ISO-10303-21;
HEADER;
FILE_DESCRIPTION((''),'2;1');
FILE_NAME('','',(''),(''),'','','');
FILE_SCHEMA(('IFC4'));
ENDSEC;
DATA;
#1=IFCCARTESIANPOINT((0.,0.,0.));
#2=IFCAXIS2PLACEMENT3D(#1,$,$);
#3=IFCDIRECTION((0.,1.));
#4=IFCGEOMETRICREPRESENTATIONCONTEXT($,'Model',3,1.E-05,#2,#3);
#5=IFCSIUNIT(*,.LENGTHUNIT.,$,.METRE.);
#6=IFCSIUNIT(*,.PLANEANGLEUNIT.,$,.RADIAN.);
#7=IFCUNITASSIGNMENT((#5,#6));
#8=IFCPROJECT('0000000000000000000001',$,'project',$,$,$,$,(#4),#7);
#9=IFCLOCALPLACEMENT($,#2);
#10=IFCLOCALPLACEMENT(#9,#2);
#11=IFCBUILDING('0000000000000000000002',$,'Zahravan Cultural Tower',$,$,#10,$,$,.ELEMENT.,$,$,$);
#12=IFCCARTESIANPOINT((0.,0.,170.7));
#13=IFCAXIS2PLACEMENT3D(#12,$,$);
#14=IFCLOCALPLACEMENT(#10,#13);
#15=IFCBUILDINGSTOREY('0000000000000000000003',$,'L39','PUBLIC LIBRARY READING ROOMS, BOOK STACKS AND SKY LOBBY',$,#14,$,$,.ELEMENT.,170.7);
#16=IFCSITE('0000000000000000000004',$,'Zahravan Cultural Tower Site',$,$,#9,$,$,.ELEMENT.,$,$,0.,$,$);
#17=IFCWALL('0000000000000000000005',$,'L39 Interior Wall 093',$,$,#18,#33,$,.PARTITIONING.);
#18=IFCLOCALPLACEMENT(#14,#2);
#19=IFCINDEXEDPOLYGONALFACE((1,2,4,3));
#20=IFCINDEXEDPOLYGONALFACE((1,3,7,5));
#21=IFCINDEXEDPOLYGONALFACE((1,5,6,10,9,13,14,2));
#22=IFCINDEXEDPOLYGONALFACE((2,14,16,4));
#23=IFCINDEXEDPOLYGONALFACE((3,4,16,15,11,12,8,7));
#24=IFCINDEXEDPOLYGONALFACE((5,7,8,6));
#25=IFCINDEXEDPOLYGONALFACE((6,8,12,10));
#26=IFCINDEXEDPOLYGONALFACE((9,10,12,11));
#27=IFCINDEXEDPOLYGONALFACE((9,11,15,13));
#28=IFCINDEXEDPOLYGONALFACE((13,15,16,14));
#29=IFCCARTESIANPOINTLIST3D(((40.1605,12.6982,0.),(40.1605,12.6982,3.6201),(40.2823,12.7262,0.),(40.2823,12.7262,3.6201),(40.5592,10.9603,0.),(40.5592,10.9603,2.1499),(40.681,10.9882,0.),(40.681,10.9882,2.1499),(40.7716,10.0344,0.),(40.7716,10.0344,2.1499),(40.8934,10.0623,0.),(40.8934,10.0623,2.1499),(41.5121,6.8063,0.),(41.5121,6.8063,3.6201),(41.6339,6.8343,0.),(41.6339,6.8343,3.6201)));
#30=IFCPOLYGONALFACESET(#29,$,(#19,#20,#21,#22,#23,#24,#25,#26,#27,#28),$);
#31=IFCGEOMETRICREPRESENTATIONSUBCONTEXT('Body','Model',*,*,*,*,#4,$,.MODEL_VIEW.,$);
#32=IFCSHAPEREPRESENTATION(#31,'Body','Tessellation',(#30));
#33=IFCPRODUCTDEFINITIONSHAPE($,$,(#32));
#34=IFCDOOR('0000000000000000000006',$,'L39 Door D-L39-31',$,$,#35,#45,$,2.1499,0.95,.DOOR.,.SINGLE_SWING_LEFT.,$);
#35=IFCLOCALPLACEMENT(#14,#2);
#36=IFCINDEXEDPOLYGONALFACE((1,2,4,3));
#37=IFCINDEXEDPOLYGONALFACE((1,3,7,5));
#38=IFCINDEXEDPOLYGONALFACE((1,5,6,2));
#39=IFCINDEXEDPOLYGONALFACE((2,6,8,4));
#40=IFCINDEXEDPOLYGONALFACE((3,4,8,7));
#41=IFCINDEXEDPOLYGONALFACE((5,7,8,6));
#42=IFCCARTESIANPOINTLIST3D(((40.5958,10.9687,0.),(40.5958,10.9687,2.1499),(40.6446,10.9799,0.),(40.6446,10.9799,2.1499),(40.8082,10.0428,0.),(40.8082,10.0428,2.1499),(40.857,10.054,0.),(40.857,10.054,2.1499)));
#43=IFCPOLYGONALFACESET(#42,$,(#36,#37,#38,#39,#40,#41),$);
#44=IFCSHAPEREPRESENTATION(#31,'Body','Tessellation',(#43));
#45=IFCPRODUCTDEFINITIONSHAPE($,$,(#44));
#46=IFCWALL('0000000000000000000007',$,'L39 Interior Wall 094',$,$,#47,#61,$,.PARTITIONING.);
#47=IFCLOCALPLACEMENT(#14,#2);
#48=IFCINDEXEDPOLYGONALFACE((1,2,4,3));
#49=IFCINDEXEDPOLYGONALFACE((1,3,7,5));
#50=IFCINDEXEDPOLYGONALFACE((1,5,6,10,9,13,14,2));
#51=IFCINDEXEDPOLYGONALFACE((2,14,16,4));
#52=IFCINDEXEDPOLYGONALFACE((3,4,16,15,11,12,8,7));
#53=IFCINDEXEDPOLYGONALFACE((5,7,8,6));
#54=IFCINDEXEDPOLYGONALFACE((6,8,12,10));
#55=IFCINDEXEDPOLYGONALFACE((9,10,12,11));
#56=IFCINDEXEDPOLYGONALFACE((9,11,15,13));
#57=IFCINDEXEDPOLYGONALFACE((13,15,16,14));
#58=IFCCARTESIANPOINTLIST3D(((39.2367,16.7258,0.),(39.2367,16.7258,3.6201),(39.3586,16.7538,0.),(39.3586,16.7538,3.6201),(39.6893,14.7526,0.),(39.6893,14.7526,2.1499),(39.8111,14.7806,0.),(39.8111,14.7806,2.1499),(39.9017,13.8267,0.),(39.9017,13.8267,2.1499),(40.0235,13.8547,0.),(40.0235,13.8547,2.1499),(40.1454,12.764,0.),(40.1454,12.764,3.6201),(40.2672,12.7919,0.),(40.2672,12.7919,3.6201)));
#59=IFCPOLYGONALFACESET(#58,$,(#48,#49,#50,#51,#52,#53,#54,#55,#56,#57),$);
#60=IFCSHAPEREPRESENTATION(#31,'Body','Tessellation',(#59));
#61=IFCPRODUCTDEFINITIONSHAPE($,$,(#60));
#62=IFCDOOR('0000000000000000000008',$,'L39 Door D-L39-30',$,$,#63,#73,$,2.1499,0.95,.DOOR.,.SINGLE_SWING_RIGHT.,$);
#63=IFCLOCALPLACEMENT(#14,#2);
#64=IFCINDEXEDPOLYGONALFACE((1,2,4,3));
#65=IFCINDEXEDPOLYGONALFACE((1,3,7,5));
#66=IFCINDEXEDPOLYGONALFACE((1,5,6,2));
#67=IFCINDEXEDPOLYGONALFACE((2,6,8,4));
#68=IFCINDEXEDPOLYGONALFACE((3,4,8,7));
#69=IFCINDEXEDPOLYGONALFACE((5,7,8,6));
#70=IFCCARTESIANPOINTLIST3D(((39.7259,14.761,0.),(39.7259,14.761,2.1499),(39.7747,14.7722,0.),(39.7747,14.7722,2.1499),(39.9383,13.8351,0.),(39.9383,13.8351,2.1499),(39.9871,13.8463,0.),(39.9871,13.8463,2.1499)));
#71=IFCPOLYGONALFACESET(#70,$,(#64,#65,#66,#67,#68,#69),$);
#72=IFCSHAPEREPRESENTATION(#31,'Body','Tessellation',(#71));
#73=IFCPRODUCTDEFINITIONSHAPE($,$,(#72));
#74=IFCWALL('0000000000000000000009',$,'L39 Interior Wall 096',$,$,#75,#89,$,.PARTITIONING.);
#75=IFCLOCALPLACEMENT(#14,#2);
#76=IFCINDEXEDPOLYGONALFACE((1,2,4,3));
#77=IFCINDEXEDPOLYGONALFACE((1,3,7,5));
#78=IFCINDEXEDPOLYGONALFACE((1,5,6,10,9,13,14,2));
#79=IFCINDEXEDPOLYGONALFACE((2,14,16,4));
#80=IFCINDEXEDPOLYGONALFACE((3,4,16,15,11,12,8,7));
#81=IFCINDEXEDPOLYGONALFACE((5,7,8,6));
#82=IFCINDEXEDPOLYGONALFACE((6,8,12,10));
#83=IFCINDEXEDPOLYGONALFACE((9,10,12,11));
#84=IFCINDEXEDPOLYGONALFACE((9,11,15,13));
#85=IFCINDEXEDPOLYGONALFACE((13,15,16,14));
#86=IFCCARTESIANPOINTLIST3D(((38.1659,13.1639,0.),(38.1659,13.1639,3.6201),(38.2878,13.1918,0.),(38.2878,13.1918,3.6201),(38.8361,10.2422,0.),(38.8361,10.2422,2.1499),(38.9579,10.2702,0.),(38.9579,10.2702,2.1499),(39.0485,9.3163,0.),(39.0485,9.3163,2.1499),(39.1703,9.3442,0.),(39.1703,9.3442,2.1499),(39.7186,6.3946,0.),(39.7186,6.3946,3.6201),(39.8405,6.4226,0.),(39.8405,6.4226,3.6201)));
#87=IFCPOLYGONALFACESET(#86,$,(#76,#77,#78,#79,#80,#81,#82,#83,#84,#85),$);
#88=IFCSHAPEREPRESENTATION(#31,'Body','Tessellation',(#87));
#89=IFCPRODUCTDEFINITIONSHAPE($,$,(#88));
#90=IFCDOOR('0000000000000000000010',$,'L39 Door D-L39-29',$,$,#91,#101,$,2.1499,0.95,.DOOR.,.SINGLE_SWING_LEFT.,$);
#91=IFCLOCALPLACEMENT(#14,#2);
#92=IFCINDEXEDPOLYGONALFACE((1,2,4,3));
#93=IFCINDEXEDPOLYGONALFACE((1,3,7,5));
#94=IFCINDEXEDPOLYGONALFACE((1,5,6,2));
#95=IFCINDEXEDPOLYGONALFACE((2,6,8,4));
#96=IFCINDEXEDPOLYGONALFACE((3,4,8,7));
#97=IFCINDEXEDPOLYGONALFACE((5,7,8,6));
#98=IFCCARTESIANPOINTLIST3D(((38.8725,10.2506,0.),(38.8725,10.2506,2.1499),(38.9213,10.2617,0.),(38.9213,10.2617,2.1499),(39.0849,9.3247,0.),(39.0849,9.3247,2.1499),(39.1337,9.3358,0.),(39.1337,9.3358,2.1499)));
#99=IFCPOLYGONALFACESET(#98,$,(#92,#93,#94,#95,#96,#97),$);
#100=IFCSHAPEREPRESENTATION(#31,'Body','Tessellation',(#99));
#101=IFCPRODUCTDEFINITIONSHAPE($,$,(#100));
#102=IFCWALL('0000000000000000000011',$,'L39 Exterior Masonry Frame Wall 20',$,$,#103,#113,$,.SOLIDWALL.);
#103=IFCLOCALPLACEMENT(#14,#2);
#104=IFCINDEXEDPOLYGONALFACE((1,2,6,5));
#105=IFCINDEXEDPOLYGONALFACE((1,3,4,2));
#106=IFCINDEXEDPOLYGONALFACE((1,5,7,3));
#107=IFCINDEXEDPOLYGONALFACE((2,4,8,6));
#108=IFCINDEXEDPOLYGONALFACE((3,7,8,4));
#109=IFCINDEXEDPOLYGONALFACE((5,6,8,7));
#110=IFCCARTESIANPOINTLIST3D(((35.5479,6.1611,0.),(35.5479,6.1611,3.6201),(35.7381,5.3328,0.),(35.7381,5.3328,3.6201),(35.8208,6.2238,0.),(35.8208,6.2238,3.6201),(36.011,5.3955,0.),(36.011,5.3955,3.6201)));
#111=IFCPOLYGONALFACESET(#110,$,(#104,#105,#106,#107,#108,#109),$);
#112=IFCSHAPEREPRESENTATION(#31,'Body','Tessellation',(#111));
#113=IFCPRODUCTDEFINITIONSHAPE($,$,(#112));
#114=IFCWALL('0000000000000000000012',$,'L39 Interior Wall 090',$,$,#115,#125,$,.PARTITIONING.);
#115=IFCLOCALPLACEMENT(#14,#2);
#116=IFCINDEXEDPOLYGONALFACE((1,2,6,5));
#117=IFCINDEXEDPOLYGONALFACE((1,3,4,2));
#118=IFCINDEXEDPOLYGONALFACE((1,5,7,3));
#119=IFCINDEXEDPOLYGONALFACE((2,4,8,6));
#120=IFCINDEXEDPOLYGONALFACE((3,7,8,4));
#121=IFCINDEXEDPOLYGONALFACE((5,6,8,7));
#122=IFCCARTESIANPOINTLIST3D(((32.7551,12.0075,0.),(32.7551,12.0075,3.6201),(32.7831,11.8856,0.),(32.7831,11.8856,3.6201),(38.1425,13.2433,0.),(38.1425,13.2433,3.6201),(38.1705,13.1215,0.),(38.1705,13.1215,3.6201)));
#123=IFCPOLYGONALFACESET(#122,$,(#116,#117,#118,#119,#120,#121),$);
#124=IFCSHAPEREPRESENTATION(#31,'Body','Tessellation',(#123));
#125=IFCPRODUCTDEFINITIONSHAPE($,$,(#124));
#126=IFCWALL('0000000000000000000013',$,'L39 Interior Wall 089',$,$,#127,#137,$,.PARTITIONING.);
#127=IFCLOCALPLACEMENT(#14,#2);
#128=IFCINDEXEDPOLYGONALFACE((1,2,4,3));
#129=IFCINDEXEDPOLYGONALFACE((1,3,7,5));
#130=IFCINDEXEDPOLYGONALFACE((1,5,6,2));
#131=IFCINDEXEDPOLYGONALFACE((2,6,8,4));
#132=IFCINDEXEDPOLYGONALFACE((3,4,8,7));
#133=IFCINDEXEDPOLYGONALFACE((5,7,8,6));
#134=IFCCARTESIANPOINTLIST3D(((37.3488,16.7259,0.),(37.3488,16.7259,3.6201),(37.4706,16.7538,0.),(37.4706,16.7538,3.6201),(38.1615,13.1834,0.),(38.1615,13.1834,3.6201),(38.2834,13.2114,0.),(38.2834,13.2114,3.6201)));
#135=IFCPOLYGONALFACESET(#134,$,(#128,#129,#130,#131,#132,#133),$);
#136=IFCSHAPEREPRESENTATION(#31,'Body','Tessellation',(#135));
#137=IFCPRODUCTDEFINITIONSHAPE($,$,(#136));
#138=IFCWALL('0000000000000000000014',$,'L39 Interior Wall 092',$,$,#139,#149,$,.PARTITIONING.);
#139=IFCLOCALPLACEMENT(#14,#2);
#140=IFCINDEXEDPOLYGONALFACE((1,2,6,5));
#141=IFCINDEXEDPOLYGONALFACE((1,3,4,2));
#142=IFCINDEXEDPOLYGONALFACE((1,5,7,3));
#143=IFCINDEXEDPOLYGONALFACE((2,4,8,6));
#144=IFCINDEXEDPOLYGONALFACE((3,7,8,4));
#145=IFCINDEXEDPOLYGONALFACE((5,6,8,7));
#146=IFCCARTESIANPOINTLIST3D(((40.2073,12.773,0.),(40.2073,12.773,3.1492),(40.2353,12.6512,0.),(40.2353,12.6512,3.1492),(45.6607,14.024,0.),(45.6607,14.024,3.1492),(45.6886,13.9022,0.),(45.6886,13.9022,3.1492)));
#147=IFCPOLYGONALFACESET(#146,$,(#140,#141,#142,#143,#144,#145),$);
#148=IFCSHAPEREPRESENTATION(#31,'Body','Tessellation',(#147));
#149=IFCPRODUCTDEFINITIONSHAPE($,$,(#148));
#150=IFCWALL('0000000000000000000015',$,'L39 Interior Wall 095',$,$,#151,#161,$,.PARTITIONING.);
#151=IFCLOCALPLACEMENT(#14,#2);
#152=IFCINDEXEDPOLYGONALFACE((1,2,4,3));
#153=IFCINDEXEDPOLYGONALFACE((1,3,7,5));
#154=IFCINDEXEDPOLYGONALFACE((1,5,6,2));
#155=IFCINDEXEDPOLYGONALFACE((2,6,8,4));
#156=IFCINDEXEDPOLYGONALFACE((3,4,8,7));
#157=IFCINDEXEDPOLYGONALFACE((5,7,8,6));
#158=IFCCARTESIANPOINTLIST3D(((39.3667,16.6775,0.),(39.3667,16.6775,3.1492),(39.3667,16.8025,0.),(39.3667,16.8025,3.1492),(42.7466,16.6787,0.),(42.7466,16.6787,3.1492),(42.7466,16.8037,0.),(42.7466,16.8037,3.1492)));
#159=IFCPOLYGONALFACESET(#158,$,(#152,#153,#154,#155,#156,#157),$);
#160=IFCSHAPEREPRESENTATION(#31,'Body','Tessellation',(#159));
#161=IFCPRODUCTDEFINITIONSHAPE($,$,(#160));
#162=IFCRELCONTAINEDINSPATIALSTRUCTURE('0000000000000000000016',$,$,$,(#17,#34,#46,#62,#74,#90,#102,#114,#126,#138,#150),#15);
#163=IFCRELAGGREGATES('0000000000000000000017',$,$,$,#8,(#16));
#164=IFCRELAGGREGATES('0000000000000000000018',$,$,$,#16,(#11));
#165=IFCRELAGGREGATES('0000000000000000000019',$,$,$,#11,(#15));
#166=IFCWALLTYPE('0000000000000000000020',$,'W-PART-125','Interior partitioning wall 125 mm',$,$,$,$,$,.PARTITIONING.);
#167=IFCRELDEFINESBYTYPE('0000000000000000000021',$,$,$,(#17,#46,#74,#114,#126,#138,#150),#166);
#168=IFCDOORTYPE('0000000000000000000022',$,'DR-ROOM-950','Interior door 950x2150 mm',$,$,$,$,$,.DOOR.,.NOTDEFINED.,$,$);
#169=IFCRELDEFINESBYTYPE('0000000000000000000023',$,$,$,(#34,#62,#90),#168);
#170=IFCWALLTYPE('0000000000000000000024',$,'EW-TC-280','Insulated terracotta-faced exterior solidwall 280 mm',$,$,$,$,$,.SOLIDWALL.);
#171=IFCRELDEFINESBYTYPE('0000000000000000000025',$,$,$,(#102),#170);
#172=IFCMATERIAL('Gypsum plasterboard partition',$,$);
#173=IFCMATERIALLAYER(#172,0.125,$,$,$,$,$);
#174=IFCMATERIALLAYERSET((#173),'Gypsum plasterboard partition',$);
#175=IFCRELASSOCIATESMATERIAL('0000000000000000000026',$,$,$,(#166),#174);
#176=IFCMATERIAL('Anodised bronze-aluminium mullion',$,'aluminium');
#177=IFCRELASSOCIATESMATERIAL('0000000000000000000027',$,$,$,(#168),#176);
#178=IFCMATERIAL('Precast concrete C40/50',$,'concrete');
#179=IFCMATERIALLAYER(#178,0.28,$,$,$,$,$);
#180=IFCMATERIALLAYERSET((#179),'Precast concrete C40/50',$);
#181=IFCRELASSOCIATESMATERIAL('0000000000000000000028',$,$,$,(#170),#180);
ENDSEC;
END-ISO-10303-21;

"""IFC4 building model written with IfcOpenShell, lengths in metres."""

from ifc_helpers import new_model, si_unit, direction, frame, frame_2d, origin, place, context, subcontext, project, spatial, rectangle, extrude, source, transform, mapped, material, layer, layer_set, type_object, element, fill, save


model = new_model("IFC4")

# Units and contexts
model_context = context("Model", 3, precision=1e-05, world=origin(), true_north=direction((0.0, 1.0)))
body_context = subcontext(model_context, "Body", "Model", "MODEL_VIEW")
ifc_project = project(units=[si_unit("LENGTHUNIT", "METRE"), si_unit("PLANEANGLEUNIT", "RADIAN")], contexts=[model_context])

# Site, building, storey
site_placement = place(None, origin())
site = spatial("IfcSite", under=ifc_project, at=site_placement, Name="Zahravan Cultural Tower Site", CompositionType="ELEMENT", RefElevation=0.0)
building_placement = place(site_placement, origin())
building = spatial("IfcBuilding", under=site, at=building_placement, Name="Zahravan Cultural Tower", CompositionType="ELEMENT")
storey_placement = place(building_placement, frame((0.0, 0.0, 170.7)))
storey = spatial("IfcBuildingStorey", under=building, at=storey_placement, Name="L39", Description="PUBLIC LIBRARY READING ROOMS, BOOK STACKS AND SKY LOBBY", CompositionType="ELEMENT", Elevation=170.7)

# Walls, openings, doors
ifc_material_1 = material(Name="Gypsum plasterboard partition")
ifc_layer_1 = layer(ifc_material_1, 0.125)
ifc_layer_set_1 = layer_set([ifc_layer_1], Name="Gypsum plasterboard partition")
wall_type_1 = type_object("IfcWallType", Name="W-PART-125", Description="Interior partitioning wall 125 mm", PredefinedType="PARTITIONING", material=ifc_layer_set_1)
wall_1_placement = place(storey_placement, frame((41.573, 6.8203, 0.0), z_axis=(0.0, 0.0, 1.0), x_axis=(-0.223588, 0.974684, 0.0)))
wall_1 = element("IfcWall", 1, at=wall_1_placement, inside=storey, type_object=wall_type_1, Name="L39 Interior Wall 093", PredefinedType="PARTITIONING", context=body_context, shape_type="SweptSolid", body=[
    extrude(rectangle(XDim=6.0449, YDim=0.125, at=frame_2d((3.0225, 0.0))), origin(), (0.0, 0.0, 1.0), 3.6201),
])
opening_1_placement = place(wall_1_placement, frame((3.3118, 0.0, 0.0)))
opening_1 = element("IfcOpeningElement", 2, at=opening_1_placement, cuts=wall_1, PredefinedType="OPENING", context=body_context, shape_type="SweptSolid", body=[
    extrude(rectangle(XDim=0.95, YDim=2.1499, at=frame_2d((0.4751, 1.075))), frame((0.0, 0.0725, 0.0), z_axis=(0.0, -1.0, 0.0), x_axis=(1.0, 0.0, 0.0)), (0.0, 0.0, 1.0), 0.145),
])
ifc_material_2 = material(Name="Anodised bronze-aluminium mullion", Category="aluminium")
door_type_1 = type_object("IfcDoorType", Name="DR-ROOM-950", Description="Interior door 950x2150 mm", OperationType="NOTDEFINED", PredefinedType="DOOR", material=ifc_material_2)
shared_shape_1 = source(origin(), body_context, "Body", "SweptSolid", [
    extrude(rectangle(XDim=0.95, YDim=2.1499, at=frame_2d((0.4751, 1.075))), frame((0.0, 0.0249, 0.0), z_axis=(0.0, -1.0, 0.0), x_axis=(1.0, 0.0, 0.0)), (0.0, 0.0, 1.0), 0.05),
])
door_1_placement = place(opening_1_placement, origin())
door_1 = element("IfcDoor", 3, at=door_1_placement, inside=storey, type_object=door_type_1, Name="L39 Door D-L39-31", OperationType="SINGLE_SWING_LEFT", OverallHeight=2.1499, OverallWidth=0.95, PredefinedType="DOOR", context=body_context, shape_type="MappedRepresentation", body=[
    mapped(shared_shape_1, transform((0.0, 0.0, 0.0), x_axis=(1.0, 0.0, 0.0), y_axis=(0.0, 1.0, 0.0), z_axis=(0.0, 0.0, 1.0), scale=1.0)),
])
fill(opening_1, door_1)
wall_2_placement = place(storey_placement, frame((40.2063, 12.7781, 0.0), z_axis=(0.0, 0.0, 1.0), x_axis=(-0.223552, 0.974692, 0.0)))
wall_2 = element("IfcWall", 4, at=wall_2_placement, inside=storey, type_object=wall_type_1, Name="L39 Interior Wall 094", PredefinedType="PARTITIONING", context=body_context, shape_type="SweptSolid", body=[
    extrude(rectangle(XDim=4.0647, YDim=0.125, at=frame_2d((2.0322, 0.0))), origin(), (0.0, 0.0, 1.0), 3.6201),
])
opening_2_placement = place(wall_2_placement, frame((1.0901, 0.0, 0.0)))
opening_2 = element("IfcOpeningElement", 5, at=opening_2_placement, cuts=wall_2, PredefinedType="OPENING", context=body_context, shape_type="SweptSolid", body=[
    extrude(rectangle(XDim=0.95, YDim=2.1499, at=frame_2d((0.4751, 1.075))), frame((0.0, 0.0725, 0.0), z_axis=(0.0, -1.0, 0.0), x_axis=(1.0, 0.0, 0.0)), (0.0, 0.0, 1.0), 0.145),
])
door_2_placement = place(opening_2_placement, origin())
door_2 = element("IfcDoor", 6, at=door_2_placement, inside=storey, type_object=door_type_1, Name="L39 Door D-L39-30", OperationType="SINGLE_SWING_RIGHT", OverallHeight=2.1499, OverallWidth=0.95, PredefinedType="DOOR", context=body_context, shape_type="MappedRepresentation", body=[
    mapped(shared_shape_1, transform((0.0, 0.0, 0.0), x_axis=(1.0, 0.0, 0.0), y_axis=(0.0, 1.0, 0.0), z_axis=(0.0, 0.0, 1.0), scale=1.0)),
])
fill(opening_2, door_2)
wall_3_placement = place(storey_placement, frame((38.2268, 13.178, 0.0), z_axis=(0.0, 0.0, 1.0), x_axis=(0.223573, -0.974687, 0.0)))
wall_3 = element("IfcWall", 7, at=wall_3_placement, inside=storey, type_object=wall_type_1, Name="L39 Interior Wall 096", PredefinedType="PARTITIONING", context=body_context, shape_type="SweptSolid", body=[
    extrude(rectangle(XDim=6.9451, YDim=0.125, at=frame_2d((3.4727, 0.0))), origin(), (0.0, 0.0, 1.0), 3.6201),
])
opening_3_placement = place(wall_3_placement, frame((2.9976, 0.0, 0.0)))
opening_3 = element("IfcOpeningElement", 8, at=opening_3_placement, cuts=wall_3, PredefinedType="OPENING", context=body_context, shape_type="SweptSolid", body=[
    extrude(rectangle(XDim=0.95, YDim=2.1499, at=frame_2d((0.4751, 1.075))), frame((0.0, 0.0725, 0.0), z_axis=(0.0, -1.0, 0.0), x_axis=(1.0, 0.0, 0.0)), (0.0, 0.0, 1.0), 0.145),
])
door_3_placement = place(opening_3_placement, origin())
door_3 = element("IfcDoor", 9, at=door_3_placement, inside=storey, type_object=door_type_1, Name="L39 Door D-L39-29", OperationType="SINGLE_SWING_LEFT", OverallHeight=2.1499, OverallWidth=0.95, PredefinedType="DOOR", context=body_context, shape_type="MappedRepresentation", body=[
    mapped(shared_shape_1, transform((0.0, 0.0, 0.0), x_axis=(1.0, 0.0, 0.0), y_axis=(0.0, 1.0, 0.0), z_axis=(0.0, 0.0, 1.0), scale=1.0)),
])
fill(opening_3, door_3)

# Walls
ifc_material_3 = material(Name="Precast concrete C40/50", Category="concrete")
ifc_layer_2 = layer(ifc_material_3, 0.28)
ifc_layer_set_2 = layer_set([ifc_layer_2], Name="Precast concrete C40/50")
wall_type_2 = type_object("IfcWallType", Name="EW-TC-280", Description="Insulated terracotta-faced exterior solidwall 280 mm", PredefinedType="SOLIDWALL", material=ifc_layer_set_2)
shared_shape_2 = source(origin(), body_context, "Body", "SweptSolid", [
    extrude(rectangle(XDim=0.8499, YDim=0.28, at=frame_2d((0.4248, 0.0))), origin(), (0.0, 0.0, 1.0), 3.6201),
])
wall_4_placement = place(storey_placement, frame((35.8745, 5.3643, 0.0), z_axis=(0.0, 0.0, 1.0), x_axis=(-0.223768, 0.974642, 0.0)))
element("IfcWall", 10, at=wall_4_placement, inside=storey, type_object=wall_type_2, Name="L39 Exterior Masonry Frame Wall 20", PredefinedType="SOLIDWALL", context=body_context, shape_type="MappedRepresentation", body=[
    mapped(shared_shape_2, transform((0.0, 0.0, 0.0), x_axis=(1.0, 0.0, 0.0), y_axis=(0.0, 1.0, 0.0), z_axis=(0.0, 0.0, 1.0), scale=1.0)),
])
shared_shape_3 = source(origin(), body_context, "Body", "SweptSolid", [
    extrude(rectangle(XDim=5.5273, YDim=0.125, at=frame_2d((2.7637, 0.0))), origin(), (0.0, 0.0, 1.0), 3.6201),
])
wall_5_placement = place(storey_placement, frame((38.1565, 13.1824, 0.0), z_axis=(0.0, 0.0, 1.0), x_axis=(-0.974684, -0.223585, 0.0)))
element("IfcWall", 11, at=wall_5_placement, inside=storey, type_object=wall_type_1, Name="L39 Interior Wall 090", PredefinedType="PARTITIONING", context=body_context, shape_type="MappedRepresentation", body=[
    mapped(shared_shape_3, transform((0.0, 0.0, 0.0), x_axis=(1.0, 0.0, 0.0), y_axis=(0.0, 1.0, 0.0), z_axis=(0.0, 0.0, 1.0), scale=1.0)),
])
shared_shape_4 = source(origin(), body_context, "Body", "SweptSolid", [
    extrude(rectangle(XDim=3.6345, YDim=0.125, at=frame_2d((1.8174, 0.0))), origin(), (0.0, 0.0, 1.0), 3.6201),
])
wall_6_placement = place(storey_placement, frame((37.4097, 16.74, 0.0), z_axis=(0.0, 0.0, 1.0), x_axis=(0.223618, -0.974677, 0.0)))
element("IfcWall", 12, at=wall_6_placement, inside=storey, type_object=wall_type_1, Name="L39 Interior Wall 089", PredefinedType="PARTITIONING", context=body_context, shape_type="MappedRepresentation", body=[
    mapped(shared_shape_4, transform((0.0, 0.0, 0.0), x_axis=(1.0, 0.0, 0.0), y_axis=(0.0, 1.0, 0.0), z_axis=(0.0, 0.0, 1.0), scale=1.0)),
])
shared_shape_5 = source(origin(), body_context, "Body", "SweptSolid", [
    extrude(rectangle(XDim=5.595, YDim=0.125, at=frame_2d((2.7974, 0.0))), origin(), (0.0, 0.0, 1.0), 3.1492),
])
wall_7_placement = place(storey_placement, frame((40.2214, 12.7122, 0.0), z_axis=(0.0, 0.0, 1.0), x_axis=(0.974684, 0.223588, 0.0)))
element("IfcWall", 13, at=wall_7_placement, inside=storey, type_object=wall_type_1, Name="L39 Interior Wall 092", PredefinedType="PARTITIONING", context=body_context, shape_type="MappedRepresentation", body=[
    mapped(shared_shape_5, transform((0.0, 0.0, 0.0), x_axis=(1.0, 0.0, 0.0), y_axis=(0.0, 1.0, 0.0), z_axis=(0.0, 0.0, 1.0), scale=1.0)),
])
shared_shape_6 = source(origin(), body_context, "Body", "SweptSolid", [
    extrude(rectangle(XDim=3.3799, YDim=0.125, at=frame_2d((1.6899, 0.0))), origin(), (0.0, 0.0, 1.0), 3.1492),
])
wall_8_placement = place(storey_placement, frame((39.3667, 16.74, 0.0), z_axis=(0.0, 0.0, 1.0), x_axis=(1.0, 0.000361, 0.0)))
element("IfcWall", 14, at=wall_8_placement, inside=storey, type_object=wall_type_1, Name="L39 Interior Wall 095", PredefinedType="PARTITIONING", context=body_context, shape_type="MappedRepresentation", body=[
    mapped(shared_shape_6, transform((0.0, 0.0, 0.0), x_axis=(1.0, 0.0, 0.0), y_axis=(0.0, 1.0, 0.0), z_axis=(0.0, 0.0, 1.0), scale=1.0)),
])

save(model, "model.ifc")
